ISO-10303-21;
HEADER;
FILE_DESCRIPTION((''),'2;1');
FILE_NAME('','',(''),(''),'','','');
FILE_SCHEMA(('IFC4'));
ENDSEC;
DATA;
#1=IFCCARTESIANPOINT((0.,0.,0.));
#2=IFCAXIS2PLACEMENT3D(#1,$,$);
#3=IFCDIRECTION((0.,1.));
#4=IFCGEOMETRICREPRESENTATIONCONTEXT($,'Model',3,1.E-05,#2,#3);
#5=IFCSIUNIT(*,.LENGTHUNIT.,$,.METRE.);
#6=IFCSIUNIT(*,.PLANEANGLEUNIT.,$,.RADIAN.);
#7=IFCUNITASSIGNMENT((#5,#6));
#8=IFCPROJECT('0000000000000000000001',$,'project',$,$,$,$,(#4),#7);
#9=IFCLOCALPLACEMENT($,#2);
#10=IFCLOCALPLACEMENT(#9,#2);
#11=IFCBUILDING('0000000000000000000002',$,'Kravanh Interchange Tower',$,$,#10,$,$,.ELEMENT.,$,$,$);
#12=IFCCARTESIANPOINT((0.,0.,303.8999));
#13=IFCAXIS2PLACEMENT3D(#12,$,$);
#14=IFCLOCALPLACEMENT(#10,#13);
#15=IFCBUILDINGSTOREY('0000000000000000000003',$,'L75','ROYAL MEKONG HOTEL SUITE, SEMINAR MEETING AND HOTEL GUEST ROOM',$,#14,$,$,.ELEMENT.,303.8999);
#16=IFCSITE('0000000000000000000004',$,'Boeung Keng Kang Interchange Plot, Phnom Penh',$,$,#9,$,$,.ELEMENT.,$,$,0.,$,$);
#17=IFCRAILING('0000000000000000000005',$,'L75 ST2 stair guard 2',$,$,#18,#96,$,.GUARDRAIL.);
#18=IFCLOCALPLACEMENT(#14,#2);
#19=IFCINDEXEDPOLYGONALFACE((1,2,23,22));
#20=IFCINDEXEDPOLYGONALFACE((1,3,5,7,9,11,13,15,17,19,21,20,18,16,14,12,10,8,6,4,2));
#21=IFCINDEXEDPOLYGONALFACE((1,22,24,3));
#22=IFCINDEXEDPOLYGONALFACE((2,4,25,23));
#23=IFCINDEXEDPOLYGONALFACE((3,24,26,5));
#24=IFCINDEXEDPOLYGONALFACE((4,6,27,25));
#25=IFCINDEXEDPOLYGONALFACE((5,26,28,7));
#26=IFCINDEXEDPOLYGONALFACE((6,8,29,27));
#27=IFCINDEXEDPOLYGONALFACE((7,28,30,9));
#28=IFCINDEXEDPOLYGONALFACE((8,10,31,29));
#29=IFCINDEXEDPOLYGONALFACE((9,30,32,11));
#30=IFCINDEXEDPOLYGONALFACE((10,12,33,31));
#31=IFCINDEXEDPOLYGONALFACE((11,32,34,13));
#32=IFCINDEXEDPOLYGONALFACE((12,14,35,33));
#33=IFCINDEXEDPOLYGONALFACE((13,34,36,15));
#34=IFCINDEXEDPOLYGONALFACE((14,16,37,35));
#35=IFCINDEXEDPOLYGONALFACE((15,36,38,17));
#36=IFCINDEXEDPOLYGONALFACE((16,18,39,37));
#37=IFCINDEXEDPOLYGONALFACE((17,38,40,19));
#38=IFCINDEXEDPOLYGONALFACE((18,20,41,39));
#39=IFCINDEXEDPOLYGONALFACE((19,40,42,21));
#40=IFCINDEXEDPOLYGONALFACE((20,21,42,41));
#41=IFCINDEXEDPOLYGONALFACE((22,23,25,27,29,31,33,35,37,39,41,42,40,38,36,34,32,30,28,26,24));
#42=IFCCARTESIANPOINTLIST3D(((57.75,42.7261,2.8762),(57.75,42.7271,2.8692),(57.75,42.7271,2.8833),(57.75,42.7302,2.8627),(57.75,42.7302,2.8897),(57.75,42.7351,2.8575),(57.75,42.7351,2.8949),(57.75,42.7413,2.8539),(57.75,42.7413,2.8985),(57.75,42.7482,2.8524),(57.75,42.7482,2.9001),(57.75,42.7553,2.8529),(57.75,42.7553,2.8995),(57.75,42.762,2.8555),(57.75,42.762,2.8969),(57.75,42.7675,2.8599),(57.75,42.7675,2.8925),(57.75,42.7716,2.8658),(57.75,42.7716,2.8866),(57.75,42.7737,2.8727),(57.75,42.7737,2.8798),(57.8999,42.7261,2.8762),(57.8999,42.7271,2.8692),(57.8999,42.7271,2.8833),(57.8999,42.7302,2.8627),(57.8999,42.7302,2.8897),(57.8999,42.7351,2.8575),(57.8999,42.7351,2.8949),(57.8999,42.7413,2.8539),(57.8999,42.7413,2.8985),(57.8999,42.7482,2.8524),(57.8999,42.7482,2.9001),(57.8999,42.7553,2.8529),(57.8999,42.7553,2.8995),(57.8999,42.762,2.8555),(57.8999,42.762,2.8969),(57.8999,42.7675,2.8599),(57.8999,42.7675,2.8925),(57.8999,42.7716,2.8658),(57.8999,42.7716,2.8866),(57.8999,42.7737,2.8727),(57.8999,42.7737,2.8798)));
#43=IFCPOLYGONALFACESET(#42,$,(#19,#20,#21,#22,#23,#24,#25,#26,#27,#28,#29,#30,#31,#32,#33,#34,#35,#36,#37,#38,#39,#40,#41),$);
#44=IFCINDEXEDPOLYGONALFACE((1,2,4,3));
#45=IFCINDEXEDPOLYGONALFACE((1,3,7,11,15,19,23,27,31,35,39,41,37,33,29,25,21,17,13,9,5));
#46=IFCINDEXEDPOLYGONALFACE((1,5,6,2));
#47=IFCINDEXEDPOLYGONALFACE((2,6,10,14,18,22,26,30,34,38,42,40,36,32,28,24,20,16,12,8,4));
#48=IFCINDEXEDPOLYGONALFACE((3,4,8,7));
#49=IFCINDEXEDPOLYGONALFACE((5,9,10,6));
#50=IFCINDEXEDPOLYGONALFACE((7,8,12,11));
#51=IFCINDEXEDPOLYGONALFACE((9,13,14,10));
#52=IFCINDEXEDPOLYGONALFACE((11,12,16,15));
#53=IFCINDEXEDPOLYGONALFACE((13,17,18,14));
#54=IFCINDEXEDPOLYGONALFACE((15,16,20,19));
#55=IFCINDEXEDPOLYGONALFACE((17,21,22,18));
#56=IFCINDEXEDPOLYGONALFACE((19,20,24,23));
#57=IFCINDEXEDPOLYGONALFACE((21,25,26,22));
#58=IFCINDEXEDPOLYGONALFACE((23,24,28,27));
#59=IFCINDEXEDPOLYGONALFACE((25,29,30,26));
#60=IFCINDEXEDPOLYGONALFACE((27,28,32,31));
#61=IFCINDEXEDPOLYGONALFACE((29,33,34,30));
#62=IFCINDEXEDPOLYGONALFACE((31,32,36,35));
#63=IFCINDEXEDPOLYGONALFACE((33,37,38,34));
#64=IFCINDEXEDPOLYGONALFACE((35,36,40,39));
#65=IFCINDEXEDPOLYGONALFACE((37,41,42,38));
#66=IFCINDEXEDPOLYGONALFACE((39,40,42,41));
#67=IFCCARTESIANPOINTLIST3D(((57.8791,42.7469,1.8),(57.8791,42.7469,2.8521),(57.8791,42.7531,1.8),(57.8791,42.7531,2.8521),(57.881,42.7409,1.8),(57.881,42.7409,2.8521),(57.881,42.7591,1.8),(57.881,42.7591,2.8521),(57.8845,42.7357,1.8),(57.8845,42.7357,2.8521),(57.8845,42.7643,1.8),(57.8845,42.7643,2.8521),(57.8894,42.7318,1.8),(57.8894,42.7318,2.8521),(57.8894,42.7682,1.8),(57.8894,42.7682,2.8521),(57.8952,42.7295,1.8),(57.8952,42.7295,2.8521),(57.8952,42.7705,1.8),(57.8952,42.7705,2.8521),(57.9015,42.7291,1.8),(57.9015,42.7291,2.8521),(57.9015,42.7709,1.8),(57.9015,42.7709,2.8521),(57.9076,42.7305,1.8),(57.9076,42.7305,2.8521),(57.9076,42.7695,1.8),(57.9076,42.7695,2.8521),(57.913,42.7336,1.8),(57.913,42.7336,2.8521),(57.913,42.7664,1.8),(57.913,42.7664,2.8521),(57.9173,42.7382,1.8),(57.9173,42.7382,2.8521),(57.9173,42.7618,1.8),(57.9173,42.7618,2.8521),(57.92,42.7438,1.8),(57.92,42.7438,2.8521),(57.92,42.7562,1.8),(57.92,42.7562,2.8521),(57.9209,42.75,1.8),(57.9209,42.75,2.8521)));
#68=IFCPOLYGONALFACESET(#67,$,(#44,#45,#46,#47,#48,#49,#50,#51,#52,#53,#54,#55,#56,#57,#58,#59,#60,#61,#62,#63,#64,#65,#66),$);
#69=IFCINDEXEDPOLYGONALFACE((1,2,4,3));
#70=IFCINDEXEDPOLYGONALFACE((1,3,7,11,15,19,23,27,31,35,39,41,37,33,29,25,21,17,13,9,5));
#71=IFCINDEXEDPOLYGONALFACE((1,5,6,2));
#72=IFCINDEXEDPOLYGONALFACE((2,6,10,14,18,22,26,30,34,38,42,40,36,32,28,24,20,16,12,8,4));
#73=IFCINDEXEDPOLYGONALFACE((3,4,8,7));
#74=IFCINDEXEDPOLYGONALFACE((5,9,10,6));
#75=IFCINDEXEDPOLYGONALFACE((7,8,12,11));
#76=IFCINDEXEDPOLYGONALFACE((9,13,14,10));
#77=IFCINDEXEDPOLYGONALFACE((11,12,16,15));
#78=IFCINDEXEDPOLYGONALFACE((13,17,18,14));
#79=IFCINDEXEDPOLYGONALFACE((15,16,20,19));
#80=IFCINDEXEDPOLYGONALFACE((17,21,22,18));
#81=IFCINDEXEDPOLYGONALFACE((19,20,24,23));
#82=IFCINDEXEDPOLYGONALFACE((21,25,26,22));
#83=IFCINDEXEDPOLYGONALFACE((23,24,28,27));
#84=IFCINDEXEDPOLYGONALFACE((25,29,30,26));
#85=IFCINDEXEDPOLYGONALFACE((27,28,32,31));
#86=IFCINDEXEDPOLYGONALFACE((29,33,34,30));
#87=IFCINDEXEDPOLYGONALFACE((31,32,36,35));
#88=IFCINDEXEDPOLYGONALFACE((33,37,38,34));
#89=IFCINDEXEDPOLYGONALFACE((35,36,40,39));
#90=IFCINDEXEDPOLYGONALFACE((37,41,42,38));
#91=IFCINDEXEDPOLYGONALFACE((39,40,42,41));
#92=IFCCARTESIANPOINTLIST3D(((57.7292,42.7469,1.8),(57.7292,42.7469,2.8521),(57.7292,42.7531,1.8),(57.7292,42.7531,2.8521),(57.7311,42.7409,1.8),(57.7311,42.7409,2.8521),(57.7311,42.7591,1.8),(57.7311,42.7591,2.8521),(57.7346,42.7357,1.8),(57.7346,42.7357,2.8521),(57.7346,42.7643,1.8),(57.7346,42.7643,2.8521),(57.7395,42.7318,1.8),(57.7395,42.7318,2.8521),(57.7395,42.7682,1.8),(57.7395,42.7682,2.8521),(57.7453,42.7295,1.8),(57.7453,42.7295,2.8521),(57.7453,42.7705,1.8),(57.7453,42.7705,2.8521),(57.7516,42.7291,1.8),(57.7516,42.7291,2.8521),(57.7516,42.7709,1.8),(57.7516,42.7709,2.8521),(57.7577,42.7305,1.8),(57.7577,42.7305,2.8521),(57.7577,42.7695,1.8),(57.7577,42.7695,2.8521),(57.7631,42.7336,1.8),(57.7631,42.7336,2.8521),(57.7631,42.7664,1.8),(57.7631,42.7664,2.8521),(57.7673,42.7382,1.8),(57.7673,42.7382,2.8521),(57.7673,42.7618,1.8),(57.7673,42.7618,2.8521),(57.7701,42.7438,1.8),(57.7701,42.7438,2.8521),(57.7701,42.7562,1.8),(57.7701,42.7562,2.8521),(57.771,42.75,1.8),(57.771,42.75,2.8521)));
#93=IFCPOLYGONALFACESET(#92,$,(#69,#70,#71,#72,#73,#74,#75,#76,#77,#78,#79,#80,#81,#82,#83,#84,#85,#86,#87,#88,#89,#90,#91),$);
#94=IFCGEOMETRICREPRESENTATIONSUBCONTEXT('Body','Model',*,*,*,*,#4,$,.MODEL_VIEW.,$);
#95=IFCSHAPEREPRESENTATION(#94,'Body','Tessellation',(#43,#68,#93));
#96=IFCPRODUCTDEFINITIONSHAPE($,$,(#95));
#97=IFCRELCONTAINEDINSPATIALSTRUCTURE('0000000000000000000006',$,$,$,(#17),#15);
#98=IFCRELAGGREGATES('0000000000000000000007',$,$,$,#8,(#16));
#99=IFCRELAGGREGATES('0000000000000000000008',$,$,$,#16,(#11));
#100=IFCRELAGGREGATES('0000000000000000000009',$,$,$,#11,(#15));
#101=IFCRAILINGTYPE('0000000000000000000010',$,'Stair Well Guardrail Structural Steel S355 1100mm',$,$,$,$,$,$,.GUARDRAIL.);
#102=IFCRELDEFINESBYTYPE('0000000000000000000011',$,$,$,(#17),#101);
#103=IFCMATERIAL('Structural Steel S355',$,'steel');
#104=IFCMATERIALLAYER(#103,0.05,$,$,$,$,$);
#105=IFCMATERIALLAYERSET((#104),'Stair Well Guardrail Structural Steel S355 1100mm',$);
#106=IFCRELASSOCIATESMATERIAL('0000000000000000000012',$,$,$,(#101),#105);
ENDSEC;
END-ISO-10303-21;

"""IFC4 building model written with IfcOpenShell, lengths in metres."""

from ifc_helpers import new_model, si_unit, direction, frame, origin, origin_2d, place, context, subcontext, project, spatial, circle, extrude, material, layer, layer_set, type_object, element, save


model = new_model("IFC4")

# Units and contexts
model_context = context("Model", 3, precision=1e-05, world=origin(), true_north=direction((0.0, 1.0)))
body_context = subcontext(model_context, "Body", "Model", "MODEL_VIEW")
ifc_project = project(units=[si_unit("LENGTHUNIT", "METRE"), si_unit("PLANEANGLEUNIT", "RADIAN")], contexts=[model_context])

# Site, building, storey
site_placement = place(None, origin())
site = spatial("IfcSite", under=ifc_project, at=site_placement, Name="Boeung Keng Kang Interchange Plot, Phnom Penh", CompositionType="ELEMENT", RefElevation=0.0)
building_placement = place(site_placement, origin())
building = spatial("IfcBuilding", under=site, at=building_placement, Name="Kravanh Interchange Tower", CompositionType="ELEMENT")
storey_placement = place(building_placement, frame((0.0, 0.0, 303.8999)))
storey = spatial("IfcBuildingStorey", under=building, at=storey_placement, Name="L75", Description="ROYAL MEKONG HOTEL SUITE, SEMINAR MEETING AND HOTEL GUEST ROOM", CompositionType="ELEMENT", Elevation=303.8999)

# Railing
ifc_material_1 = material(Name="Structural Steel S355", Category="steel")
ifc_layer_1 = layer(ifc_material_1, 0.05)
ifc_layer_set_1 = layer_set([ifc_layer_1], Name="Stair Well Guardrail Structural Steel S355 1100mm")
railing_type_1 = type_object("IfcRailingType", Name="Stair Well Guardrail Structural Steel S355 1100mm", PredefinedType="GUARDRAIL", material=ifc_layer_set_1)
railing_1_placement = place(storey_placement, frame((57.8999, 42.75, 1.8)))
element("IfcRailing", 1, at=railing_1_placement, inside=storey, type_object=railing_type_1, Name="L75 ST2 stair guard 2", PredefinedType="GUARDRAIL", context=body_context, shape_type="SweptSolid", body=[
    extrude(circle(Radius=0.0239, at=origin_2d()), frame((0.0, 0.0, 1.0762), z_axis=(-1.0, 0.0, 0.0), x_axis=(0.0, -1.0, 0.0)), (0.0, 0.0, 1.0), 0.1499),
    extrude(circle(Radius=0.021, at=origin_2d()), origin(), (0.0, 0.0, 1.0), 1.052),
    extrude(circle(Radius=0.021, at=origin_2d()), frame((-0.1499, 0.0, 0.0)), (0.0, 0.0, 1.0), 1.052),
])

save(model, "model.ifc")
